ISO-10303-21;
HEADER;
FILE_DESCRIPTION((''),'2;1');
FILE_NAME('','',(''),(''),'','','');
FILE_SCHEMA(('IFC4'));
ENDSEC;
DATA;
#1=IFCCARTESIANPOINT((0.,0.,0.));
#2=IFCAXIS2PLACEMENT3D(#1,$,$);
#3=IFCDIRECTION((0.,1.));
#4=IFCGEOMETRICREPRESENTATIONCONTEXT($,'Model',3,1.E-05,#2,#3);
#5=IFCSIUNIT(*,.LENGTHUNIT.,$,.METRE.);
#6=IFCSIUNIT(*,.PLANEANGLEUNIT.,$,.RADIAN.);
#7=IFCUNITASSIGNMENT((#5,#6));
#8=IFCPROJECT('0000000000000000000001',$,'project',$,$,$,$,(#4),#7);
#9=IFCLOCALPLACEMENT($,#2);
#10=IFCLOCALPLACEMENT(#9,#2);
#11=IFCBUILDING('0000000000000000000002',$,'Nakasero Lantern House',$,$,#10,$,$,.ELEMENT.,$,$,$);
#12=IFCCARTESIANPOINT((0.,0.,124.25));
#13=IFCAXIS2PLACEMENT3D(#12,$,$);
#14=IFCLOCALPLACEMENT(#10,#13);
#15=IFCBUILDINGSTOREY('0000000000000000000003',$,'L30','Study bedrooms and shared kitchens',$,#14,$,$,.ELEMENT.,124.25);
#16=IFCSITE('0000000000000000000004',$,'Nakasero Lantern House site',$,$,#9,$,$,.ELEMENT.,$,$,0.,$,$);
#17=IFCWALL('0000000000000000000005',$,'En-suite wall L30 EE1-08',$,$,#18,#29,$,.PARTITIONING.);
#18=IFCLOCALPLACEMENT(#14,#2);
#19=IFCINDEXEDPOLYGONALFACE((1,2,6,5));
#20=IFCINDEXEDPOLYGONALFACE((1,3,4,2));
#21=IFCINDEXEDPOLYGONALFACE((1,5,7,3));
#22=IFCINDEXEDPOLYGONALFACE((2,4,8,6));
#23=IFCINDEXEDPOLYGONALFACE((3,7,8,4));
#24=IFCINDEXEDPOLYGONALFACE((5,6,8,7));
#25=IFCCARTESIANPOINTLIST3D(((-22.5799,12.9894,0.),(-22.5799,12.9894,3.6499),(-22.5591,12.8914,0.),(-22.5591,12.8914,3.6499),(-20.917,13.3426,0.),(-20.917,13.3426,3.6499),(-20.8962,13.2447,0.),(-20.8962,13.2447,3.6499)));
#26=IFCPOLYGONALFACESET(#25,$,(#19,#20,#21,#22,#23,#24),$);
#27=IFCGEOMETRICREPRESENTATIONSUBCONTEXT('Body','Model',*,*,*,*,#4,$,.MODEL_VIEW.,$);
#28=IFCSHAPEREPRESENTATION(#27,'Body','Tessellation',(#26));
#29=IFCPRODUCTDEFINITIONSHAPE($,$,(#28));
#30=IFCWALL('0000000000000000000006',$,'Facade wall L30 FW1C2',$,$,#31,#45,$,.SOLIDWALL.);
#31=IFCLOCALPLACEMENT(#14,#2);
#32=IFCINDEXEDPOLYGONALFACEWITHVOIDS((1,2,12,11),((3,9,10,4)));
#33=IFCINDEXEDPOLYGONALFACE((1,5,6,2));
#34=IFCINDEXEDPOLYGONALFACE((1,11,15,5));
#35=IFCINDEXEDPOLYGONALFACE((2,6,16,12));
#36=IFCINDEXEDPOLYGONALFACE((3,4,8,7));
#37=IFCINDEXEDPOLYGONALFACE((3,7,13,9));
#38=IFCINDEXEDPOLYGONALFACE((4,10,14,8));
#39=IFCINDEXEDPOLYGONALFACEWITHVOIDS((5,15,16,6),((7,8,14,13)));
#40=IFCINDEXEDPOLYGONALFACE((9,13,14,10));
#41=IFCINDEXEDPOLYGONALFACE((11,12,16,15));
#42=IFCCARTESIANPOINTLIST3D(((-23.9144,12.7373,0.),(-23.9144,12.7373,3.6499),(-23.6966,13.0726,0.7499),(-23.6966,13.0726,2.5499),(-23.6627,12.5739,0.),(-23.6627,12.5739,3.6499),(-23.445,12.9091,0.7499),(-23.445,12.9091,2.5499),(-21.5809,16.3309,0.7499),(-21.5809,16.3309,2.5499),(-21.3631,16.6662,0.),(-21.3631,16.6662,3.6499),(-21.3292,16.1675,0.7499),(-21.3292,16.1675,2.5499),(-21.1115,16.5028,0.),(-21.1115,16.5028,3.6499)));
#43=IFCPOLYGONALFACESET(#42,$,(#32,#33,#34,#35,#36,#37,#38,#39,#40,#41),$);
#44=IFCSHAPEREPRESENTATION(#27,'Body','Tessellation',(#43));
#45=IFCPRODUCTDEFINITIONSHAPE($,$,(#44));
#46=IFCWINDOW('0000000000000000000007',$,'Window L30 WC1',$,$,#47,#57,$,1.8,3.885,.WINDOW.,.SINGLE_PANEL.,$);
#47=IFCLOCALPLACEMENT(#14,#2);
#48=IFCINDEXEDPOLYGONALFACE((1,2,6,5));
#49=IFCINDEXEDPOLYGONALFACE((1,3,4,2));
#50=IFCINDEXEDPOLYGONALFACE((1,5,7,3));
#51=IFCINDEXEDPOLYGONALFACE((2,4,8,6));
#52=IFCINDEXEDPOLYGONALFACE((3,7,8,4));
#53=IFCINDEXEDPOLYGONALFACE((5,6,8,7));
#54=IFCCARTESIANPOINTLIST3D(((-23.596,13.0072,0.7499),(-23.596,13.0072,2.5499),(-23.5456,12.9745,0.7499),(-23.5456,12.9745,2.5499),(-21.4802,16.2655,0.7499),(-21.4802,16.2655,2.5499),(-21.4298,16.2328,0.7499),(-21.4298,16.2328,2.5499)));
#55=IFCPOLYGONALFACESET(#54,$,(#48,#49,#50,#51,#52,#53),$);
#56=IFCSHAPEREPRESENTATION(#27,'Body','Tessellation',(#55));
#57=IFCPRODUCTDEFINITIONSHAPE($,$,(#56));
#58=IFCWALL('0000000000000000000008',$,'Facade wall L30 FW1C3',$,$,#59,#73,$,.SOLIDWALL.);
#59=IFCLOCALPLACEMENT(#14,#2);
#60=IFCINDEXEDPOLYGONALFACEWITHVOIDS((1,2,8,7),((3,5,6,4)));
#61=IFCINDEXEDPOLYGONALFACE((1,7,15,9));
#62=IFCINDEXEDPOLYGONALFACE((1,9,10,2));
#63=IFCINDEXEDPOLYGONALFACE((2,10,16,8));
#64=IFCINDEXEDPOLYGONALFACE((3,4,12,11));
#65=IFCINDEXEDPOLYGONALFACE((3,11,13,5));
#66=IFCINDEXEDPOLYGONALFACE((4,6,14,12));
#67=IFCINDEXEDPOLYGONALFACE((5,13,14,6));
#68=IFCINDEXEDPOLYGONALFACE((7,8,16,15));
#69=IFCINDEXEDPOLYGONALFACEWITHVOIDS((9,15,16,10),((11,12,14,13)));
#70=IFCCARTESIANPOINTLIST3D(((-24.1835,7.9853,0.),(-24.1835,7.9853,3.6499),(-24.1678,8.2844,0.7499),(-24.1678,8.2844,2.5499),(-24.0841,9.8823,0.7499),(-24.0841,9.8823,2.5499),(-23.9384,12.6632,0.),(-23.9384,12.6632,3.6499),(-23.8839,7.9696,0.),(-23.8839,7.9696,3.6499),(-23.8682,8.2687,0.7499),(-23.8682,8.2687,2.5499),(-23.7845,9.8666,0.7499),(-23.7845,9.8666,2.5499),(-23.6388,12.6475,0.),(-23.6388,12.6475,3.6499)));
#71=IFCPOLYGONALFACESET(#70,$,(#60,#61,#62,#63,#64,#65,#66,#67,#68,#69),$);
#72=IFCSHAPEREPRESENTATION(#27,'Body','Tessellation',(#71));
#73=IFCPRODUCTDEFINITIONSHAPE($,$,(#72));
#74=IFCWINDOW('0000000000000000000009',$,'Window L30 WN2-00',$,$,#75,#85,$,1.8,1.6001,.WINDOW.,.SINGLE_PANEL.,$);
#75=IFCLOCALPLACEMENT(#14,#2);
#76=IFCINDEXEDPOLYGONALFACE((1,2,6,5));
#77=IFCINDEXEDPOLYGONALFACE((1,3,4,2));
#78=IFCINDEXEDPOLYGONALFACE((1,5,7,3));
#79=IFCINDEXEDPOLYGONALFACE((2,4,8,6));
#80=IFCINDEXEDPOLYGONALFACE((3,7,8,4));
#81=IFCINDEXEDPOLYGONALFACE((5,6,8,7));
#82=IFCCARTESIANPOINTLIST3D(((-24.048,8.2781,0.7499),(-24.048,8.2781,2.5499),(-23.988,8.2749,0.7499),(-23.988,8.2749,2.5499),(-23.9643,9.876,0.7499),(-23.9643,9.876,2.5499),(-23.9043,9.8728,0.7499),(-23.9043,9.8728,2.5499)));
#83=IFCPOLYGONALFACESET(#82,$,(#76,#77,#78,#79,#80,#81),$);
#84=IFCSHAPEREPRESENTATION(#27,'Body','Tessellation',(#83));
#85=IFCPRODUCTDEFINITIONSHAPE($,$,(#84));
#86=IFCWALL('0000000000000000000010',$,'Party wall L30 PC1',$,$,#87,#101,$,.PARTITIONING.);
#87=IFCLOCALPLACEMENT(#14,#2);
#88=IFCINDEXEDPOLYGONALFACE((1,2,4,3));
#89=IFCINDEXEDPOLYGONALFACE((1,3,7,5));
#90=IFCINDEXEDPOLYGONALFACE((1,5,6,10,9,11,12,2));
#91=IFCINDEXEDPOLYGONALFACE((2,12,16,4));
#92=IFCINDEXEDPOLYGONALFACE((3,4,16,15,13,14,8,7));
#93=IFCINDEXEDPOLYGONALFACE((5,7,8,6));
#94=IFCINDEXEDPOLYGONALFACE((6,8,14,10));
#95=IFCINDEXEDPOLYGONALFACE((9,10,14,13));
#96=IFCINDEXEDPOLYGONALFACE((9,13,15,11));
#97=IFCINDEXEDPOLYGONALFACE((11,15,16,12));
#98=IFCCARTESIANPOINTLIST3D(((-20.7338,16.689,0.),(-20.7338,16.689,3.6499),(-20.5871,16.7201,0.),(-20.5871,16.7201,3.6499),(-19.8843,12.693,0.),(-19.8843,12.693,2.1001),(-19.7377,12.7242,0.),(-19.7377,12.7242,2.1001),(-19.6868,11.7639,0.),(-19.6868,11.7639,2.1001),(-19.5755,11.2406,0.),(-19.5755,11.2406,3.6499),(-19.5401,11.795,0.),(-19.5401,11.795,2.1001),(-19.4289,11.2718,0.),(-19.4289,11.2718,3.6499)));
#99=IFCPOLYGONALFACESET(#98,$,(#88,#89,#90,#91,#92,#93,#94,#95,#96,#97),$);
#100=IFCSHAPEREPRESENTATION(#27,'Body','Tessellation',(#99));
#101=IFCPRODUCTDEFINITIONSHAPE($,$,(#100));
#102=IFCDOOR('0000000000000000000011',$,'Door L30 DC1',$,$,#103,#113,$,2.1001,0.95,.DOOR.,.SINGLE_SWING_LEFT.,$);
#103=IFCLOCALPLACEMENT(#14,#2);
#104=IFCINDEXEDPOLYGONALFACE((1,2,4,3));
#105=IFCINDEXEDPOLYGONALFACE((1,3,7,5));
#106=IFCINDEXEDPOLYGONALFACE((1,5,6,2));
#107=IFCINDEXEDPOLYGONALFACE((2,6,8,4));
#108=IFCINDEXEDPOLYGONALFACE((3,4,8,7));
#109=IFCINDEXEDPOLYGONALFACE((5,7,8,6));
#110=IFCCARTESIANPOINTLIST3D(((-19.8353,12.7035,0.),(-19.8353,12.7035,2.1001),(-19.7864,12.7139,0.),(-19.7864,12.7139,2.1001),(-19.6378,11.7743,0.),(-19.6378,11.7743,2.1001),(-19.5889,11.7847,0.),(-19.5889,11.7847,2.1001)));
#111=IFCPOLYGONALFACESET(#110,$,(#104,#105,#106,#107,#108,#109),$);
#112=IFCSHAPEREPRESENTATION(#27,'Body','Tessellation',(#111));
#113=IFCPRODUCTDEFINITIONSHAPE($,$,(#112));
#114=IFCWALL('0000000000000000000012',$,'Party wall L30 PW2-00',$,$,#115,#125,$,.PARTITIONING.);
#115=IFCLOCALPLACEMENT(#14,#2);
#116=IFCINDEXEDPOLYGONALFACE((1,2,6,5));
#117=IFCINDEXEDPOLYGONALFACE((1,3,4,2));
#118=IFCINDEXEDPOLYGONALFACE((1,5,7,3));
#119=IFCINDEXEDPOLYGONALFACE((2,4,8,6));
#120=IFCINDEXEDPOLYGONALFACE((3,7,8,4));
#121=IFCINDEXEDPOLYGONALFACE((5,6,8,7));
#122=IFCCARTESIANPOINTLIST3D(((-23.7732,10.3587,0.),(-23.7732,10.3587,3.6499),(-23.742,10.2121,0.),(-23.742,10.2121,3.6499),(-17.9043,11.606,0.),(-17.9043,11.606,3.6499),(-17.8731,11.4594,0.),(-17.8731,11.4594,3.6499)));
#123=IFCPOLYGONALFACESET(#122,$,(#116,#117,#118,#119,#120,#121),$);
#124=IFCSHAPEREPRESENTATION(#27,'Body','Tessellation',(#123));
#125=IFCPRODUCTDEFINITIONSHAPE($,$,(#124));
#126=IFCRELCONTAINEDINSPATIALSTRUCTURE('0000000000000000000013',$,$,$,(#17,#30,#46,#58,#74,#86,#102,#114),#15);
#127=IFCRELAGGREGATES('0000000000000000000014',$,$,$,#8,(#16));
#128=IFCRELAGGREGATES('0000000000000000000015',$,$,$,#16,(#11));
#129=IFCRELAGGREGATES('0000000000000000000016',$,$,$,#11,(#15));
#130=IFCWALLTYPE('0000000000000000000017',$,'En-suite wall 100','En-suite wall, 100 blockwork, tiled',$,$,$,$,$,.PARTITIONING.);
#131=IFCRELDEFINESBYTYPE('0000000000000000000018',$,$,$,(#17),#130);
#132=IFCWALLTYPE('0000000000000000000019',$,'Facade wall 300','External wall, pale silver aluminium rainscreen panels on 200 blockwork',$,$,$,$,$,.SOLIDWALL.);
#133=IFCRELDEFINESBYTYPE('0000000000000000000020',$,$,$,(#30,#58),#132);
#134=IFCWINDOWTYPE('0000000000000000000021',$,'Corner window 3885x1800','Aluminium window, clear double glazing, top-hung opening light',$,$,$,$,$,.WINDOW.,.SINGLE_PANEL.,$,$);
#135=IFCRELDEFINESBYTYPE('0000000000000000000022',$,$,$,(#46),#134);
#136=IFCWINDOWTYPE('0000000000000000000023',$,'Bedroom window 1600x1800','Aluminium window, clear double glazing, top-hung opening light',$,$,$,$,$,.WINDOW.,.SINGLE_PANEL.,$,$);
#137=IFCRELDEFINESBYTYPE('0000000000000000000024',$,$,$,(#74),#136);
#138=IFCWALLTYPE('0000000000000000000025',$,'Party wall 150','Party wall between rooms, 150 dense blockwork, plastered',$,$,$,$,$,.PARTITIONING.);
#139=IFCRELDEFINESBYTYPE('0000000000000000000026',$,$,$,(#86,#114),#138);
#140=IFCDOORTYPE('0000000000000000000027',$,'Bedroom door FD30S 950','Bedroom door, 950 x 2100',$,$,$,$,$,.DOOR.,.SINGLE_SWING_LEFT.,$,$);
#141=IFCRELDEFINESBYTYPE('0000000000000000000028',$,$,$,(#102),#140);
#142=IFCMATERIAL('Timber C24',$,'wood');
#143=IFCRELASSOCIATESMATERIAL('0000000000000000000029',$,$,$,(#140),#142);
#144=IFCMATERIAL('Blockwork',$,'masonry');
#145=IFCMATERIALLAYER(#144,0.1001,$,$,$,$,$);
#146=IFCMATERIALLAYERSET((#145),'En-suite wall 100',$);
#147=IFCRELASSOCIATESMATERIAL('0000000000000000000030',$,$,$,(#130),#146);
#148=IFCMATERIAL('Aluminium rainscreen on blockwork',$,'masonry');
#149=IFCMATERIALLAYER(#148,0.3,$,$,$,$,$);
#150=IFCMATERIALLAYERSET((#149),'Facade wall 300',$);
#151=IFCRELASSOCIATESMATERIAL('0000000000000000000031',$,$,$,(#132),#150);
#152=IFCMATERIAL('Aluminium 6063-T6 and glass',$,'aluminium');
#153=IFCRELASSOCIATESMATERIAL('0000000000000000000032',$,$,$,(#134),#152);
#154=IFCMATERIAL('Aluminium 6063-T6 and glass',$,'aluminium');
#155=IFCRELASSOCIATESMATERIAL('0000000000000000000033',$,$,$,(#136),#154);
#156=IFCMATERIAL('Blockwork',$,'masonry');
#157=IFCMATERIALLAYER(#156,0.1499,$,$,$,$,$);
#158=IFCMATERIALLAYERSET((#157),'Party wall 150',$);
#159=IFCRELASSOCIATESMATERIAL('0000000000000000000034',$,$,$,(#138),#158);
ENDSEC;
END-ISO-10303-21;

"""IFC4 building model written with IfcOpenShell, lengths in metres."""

from ifc_helpers import new_model, si_unit, direction, frame, frame_2d, origin, place, context, subcontext, project, spatial, rectangle, extrude, material, layer, layer_set, type_object, element, fill, save


model = new_model("IFC4")

# Units and contexts
model_context = context("Model", 3, precision=1e-05, world=origin(), true_north=direction((0.0, 1.0)))
body_context = subcontext(model_context, "Body", "Model", "MODEL_VIEW")
ifc_project = project(units=[si_unit("LENGTHUNIT", "METRE"), si_unit("PLANEANGLEUNIT", "RADIAN")], contexts=[model_context])

# Site, building, storey
site_placement = place(None, origin())
site = spatial("IfcSite", under=ifc_project, at=site_placement, Name="Nakasero Lantern House site", CompositionType="ELEMENT", RefElevation=0.0)
building_placement = place(site_placement, origin())
building = spatial("IfcBuilding", under=site, at=building_placement, Name="Nakasero Lantern House", CompositionType="ELEMENT")
storey_placement = place(building_placement, frame((0.0, 0.0, 124.25)))
storey = spatial("IfcBuildingStorey", under=building, at=storey_placement, Name="L30", Description="Study bedrooms and shared kitchens", CompositionType="ELEMENT", Elevation=124.25)

# Shared definitions
ifc_material_1 = material(Name="Timber C24", Category="wood")
door_type_1 = type_object("IfcDoorType", Name="Bedroom door FD30S 950", Description="Bedroom door, 950 x 2100", OperationType="SINGLE_SWING_LEFT", PredefinedType="DOOR", material=ifc_material_1)

# Wall
ifc_material_2 = material(Name="Blockwork", Category="masonry")
ifc_layer_1 = layer(ifc_material_2, 0.1001)
ifc_layer_set_1 = layer_set([ifc_layer_1], Name="En-suite wall 100")
wall_type_1 = type_object("IfcWallType", Name="En-suite wall 100", Description="En-suite wall, 100 blockwork, tiled", PredefinedType="PARTITIONING", material=ifc_layer_set_1)
wall_1_placement = place(storey_placement, frame((-20.9065, 13.2937, 0.0), z_axis=(0.0, 0.0, 1.0), x_axis=(-0.978169, -0.207812, 0.0)))
element("IfcWall", 1, at=wall_1_placement, inside=storey, type_object=wall_type_1, Name="En-suite wall L30 EE1-08", PredefinedType="PARTITIONING", context=body_context, shape_type="SweptSolid", body=[
    extrude(rectangle(XDim=1.7, YDim=0.1001, at=frame_2d((0.8501, 0.0))), origin(), (0.0, 0.0, 1.0), 3.6499),
])

# Walls, openings, windows
ifc_material_3 = material(Name="Aluminium rainscreen on blockwork", Category="masonry")
ifc_layer_2 = layer(ifc_material_3, 0.3)
ifc_layer_set_2 = layer_set([ifc_layer_2], Name="Facade wall 300")
wall_type_2 = type_object("IfcWallType", Name="Facade wall 300", Description="External wall, pale silver aluminium rainscreen panels on 200 blockwork", PredefinedType="SOLIDWALL", material=ifc_layer_set_2)
wall_2_placement = place(storey_placement, frame((-21.2373, 16.5845, 0.0), z_axis=(0.0, 0.0, 1.0), x_axis=(-0.544605, -0.838692, 0.0)))
wall_2 = element("IfcWall", 2, at=wall_2_placement, inside=storey, type_object=wall_type_2, Name="Facade wall L30 FW1C2", PredefinedType="SOLIDWALL", context=body_context, shape_type="SweptSolid", body=[
    extrude(rectangle(XDim=4.6846, YDim=0.3, at=frame_2d((2.3423, 0.0))), origin(), (0.0, 0.0, 1.0), 3.6499),
])
opening_1_placement = place(wall_2_placement, frame((0.3999, 0.0, 0.75)))
opening_1 = element("IfcOpeningElement", 3, at=opening_1_placement, cuts=wall_2, PredefinedType="OPENING", context=body_context, shape_type="SweptSolid", body=[
    extrude(rectangle(XDim=3.885, YDim=1.8, at=frame_2d((1.9424, 0.8999))), frame((0.0, 0.1699, 0.0), z_axis=(0.0, -1.0, 0.0), x_axis=(1.0, 0.0, 0.0)), (0.0, 0.0, 1.0), 0.3401),
])
ifc_material_4 = material(Name="Aluminium 6063-T6 and glass", Category="aluminium")
window_type_1 = type_object("IfcWindowType", Name="Corner window 3885x1800", Description="Aluminium window, clear double glazing, top-hung opening light", PartitioningType="SINGLE_PANEL", PredefinedType="WINDOW", material=ifc_material_4)
window_1_placement = place(opening_1_placement, origin())
window_1 = element("IfcWindow", 4, at=window_1_placement, inside=storey, type_object=window_type_1, Name="Window L30 WC1", OverallHeight=1.8, OverallWidth=3.885, PartitioningType="SINGLE_PANEL", PredefinedType="WINDOW", context=body_context, shape_type="SweptSolid", body=[
    extrude(rectangle(XDim=3.885, YDim=1.8, at=frame_2d((1.9424, 0.8999))), frame((0.0, 0.03, 0.0), z_axis=(0.0, -1.0, 0.0), x_axis=(1.0, 0.0, 0.0)), (0.0, 0.0, 1.0), 0.0601),
])
fill(opening_1, window_1)
wall_3_placement = place(storey_placement, frame((-23.7886, 12.6555, 0.0), z_axis=(0.0, 0.0, 1.0), x_axis=(-0.052326, -0.99863, 0.0)))
wall_3 = element("IfcWall", 5, at=wall_3_placement, inside=storey, type_object=wall_type_2, Name="Facade wall L30 FW1C3", PredefinedType="SOLIDWALL", context=body_context, shape_type="SweptSolid", body=[
    extrude(rectangle(XDim=4.6843, YDim=0.3, at=frame_2d((2.3423, 0.0))), origin(), (0.0, 0.0, 1.0), 3.6499),
])
opening_2_placement = place(wall_3_placement, frame((2.7849, 0.0, 0.75)))
opening_2 = element("IfcOpeningElement", 6, at=opening_2_placement, cuts=wall_3, PredefinedType="OPENING", context=body_context, shape_type="SweptSolid", body=[
    extrude(rectangle(XDim=1.6001, YDim=1.8, at=frame_2d((0.8, 0.8999))), frame((0.0, 0.1699, 0.0), z_axis=(0.0, -1.0, 0.0), x_axis=(1.0, 0.0, 0.0)), (0.0, 0.0, 1.0), 0.3401),
])
ifc_material_5 = material(Name="Aluminium 6063-T6 and glass", Category="aluminium")
window_type_2 = type_object("IfcWindowType", Name="Bedroom window 1600x1800", Description="Aluminium window, clear double glazing, top-hung opening light", PartitioningType="SINGLE_PANEL", PredefinedType="WINDOW", material=ifc_material_5)
window_2_placement = place(opening_2_placement, origin())
window_2 = element("IfcWindow", 7, at=window_2_placement, inside=storey, type_object=window_type_2, Name="Window L30 WN2-00", OverallHeight=1.8, OverallWidth=1.6001, PartitioningType="SINGLE_PANEL", PredefinedType="WINDOW", context=body_context, shape_type="SweptSolid", body=[
    extrude(rectangle(XDim=1.6001, YDim=1.8, at=frame_2d((0.8, 0.8999))), frame((0.0, 0.03, 0.0), z_axis=(0.0, -1.0, 0.0), x_axis=(1.0, 0.0, 0.0)), (0.0, 0.0, 1.0), 0.0601),
])
fill(opening_2, window_2)

# Wall, opening, door
ifc_material_6 = material(Name="Blockwork", Category="masonry")
ifc_layer_3 = layer(ifc_material_6, 0.1499)
ifc_layer_set_3 = layer_set([ifc_layer_3], Name="Party wall 150")
wall_type_3 = type_object("IfcWallType", Name="Party wall 150", Description="Party wall between rooms, 150 dense blockwork, plastered", PredefinedType="PARTITIONING", material=ifc_layer_set_3)
wall_4_placement = place(storey_placement, frame((-19.5022, 11.2561, 0.0), z_axis=(0.0, 0.0, 1.0), x_axis=(-0.207936, 0.978142, 0.0)))
wall_4 = element("IfcWall", 8, at=wall_4_placement, inside=storey, type_object=wall_type_3, Name="Party wall L30 PC1", PredefinedType="PARTITIONING", context=body_context, shape_type="SweptSolid", body=[
    extrude(rectangle(XDim=5.5701, YDim=0.1499, at=frame_2d((2.7852, 0.0))), origin(), (0.0, 0.0, 1.0), 3.6499),
])
opening_3_placement = place(wall_4_placement, frame((0.5349, 0.0, 0.0)))
opening_3 = element("IfcOpeningElement", 9, at=opening_3_placement, cuts=wall_4, PredefinedType="OPENING", context=body_context, shape_type="SweptSolid", body=[
    extrude(rectangle(XDim=0.95, YDim=2.1001, at=frame_2d((0.4751, 1.05))), frame((0.0, 0.095, 0.0), z_axis=(0.0, -1.0, 0.0), x_axis=(1.0, 0.0, 0.0)), (0.0, 0.0, 1.0), 0.1899),
])
door_1_placement = place(opening_3_placement, origin())
door_1 = element("IfcDoor", 10, at=door_1_placement, inside=storey, type_object=door_type_1, Name="Door L30 DC1", OperationType="SINGLE_SWING_LEFT", OverallHeight=2.1001, OverallWidth=0.95, PredefinedType="DOOR", context=body_context, shape_type="SweptSolid", body=[
    extrude(rectangle(XDim=0.95, YDim=2.1001, at=frame_2d((0.4751, 1.05))), frame((0.0, 0.0249, 0.0), z_axis=(0.0, -1.0, 0.0), x_axis=(1.0, 0.0, 0.0)), (0.0, 0.0, 1.0), 0.05),
])
fill(opening_3, door_1)

# Wall
wall_5_placement = place(storey_placement, frame((-17.8887, 11.5327, 0.0), z_axis=(0.0, 0.0, 1.0), x_axis=(-0.978153, -0.207886, 0.0)))
element("IfcWall", 11, at=wall_5_placement, inside=storey, type_object=wall_type_3, Name="Party wall L30 PW2-00", PredefinedType="PARTITIONING", context=body_context, shape_type="SweptSolid", body=[
    extrude(rectangle(XDim=6.0, YDim=0.1499, at=frame_2d((3.0, 0.0))), origin(), (0.0, 0.0, 1.0), 3.6499),
])

save(model, "model.ifc")
